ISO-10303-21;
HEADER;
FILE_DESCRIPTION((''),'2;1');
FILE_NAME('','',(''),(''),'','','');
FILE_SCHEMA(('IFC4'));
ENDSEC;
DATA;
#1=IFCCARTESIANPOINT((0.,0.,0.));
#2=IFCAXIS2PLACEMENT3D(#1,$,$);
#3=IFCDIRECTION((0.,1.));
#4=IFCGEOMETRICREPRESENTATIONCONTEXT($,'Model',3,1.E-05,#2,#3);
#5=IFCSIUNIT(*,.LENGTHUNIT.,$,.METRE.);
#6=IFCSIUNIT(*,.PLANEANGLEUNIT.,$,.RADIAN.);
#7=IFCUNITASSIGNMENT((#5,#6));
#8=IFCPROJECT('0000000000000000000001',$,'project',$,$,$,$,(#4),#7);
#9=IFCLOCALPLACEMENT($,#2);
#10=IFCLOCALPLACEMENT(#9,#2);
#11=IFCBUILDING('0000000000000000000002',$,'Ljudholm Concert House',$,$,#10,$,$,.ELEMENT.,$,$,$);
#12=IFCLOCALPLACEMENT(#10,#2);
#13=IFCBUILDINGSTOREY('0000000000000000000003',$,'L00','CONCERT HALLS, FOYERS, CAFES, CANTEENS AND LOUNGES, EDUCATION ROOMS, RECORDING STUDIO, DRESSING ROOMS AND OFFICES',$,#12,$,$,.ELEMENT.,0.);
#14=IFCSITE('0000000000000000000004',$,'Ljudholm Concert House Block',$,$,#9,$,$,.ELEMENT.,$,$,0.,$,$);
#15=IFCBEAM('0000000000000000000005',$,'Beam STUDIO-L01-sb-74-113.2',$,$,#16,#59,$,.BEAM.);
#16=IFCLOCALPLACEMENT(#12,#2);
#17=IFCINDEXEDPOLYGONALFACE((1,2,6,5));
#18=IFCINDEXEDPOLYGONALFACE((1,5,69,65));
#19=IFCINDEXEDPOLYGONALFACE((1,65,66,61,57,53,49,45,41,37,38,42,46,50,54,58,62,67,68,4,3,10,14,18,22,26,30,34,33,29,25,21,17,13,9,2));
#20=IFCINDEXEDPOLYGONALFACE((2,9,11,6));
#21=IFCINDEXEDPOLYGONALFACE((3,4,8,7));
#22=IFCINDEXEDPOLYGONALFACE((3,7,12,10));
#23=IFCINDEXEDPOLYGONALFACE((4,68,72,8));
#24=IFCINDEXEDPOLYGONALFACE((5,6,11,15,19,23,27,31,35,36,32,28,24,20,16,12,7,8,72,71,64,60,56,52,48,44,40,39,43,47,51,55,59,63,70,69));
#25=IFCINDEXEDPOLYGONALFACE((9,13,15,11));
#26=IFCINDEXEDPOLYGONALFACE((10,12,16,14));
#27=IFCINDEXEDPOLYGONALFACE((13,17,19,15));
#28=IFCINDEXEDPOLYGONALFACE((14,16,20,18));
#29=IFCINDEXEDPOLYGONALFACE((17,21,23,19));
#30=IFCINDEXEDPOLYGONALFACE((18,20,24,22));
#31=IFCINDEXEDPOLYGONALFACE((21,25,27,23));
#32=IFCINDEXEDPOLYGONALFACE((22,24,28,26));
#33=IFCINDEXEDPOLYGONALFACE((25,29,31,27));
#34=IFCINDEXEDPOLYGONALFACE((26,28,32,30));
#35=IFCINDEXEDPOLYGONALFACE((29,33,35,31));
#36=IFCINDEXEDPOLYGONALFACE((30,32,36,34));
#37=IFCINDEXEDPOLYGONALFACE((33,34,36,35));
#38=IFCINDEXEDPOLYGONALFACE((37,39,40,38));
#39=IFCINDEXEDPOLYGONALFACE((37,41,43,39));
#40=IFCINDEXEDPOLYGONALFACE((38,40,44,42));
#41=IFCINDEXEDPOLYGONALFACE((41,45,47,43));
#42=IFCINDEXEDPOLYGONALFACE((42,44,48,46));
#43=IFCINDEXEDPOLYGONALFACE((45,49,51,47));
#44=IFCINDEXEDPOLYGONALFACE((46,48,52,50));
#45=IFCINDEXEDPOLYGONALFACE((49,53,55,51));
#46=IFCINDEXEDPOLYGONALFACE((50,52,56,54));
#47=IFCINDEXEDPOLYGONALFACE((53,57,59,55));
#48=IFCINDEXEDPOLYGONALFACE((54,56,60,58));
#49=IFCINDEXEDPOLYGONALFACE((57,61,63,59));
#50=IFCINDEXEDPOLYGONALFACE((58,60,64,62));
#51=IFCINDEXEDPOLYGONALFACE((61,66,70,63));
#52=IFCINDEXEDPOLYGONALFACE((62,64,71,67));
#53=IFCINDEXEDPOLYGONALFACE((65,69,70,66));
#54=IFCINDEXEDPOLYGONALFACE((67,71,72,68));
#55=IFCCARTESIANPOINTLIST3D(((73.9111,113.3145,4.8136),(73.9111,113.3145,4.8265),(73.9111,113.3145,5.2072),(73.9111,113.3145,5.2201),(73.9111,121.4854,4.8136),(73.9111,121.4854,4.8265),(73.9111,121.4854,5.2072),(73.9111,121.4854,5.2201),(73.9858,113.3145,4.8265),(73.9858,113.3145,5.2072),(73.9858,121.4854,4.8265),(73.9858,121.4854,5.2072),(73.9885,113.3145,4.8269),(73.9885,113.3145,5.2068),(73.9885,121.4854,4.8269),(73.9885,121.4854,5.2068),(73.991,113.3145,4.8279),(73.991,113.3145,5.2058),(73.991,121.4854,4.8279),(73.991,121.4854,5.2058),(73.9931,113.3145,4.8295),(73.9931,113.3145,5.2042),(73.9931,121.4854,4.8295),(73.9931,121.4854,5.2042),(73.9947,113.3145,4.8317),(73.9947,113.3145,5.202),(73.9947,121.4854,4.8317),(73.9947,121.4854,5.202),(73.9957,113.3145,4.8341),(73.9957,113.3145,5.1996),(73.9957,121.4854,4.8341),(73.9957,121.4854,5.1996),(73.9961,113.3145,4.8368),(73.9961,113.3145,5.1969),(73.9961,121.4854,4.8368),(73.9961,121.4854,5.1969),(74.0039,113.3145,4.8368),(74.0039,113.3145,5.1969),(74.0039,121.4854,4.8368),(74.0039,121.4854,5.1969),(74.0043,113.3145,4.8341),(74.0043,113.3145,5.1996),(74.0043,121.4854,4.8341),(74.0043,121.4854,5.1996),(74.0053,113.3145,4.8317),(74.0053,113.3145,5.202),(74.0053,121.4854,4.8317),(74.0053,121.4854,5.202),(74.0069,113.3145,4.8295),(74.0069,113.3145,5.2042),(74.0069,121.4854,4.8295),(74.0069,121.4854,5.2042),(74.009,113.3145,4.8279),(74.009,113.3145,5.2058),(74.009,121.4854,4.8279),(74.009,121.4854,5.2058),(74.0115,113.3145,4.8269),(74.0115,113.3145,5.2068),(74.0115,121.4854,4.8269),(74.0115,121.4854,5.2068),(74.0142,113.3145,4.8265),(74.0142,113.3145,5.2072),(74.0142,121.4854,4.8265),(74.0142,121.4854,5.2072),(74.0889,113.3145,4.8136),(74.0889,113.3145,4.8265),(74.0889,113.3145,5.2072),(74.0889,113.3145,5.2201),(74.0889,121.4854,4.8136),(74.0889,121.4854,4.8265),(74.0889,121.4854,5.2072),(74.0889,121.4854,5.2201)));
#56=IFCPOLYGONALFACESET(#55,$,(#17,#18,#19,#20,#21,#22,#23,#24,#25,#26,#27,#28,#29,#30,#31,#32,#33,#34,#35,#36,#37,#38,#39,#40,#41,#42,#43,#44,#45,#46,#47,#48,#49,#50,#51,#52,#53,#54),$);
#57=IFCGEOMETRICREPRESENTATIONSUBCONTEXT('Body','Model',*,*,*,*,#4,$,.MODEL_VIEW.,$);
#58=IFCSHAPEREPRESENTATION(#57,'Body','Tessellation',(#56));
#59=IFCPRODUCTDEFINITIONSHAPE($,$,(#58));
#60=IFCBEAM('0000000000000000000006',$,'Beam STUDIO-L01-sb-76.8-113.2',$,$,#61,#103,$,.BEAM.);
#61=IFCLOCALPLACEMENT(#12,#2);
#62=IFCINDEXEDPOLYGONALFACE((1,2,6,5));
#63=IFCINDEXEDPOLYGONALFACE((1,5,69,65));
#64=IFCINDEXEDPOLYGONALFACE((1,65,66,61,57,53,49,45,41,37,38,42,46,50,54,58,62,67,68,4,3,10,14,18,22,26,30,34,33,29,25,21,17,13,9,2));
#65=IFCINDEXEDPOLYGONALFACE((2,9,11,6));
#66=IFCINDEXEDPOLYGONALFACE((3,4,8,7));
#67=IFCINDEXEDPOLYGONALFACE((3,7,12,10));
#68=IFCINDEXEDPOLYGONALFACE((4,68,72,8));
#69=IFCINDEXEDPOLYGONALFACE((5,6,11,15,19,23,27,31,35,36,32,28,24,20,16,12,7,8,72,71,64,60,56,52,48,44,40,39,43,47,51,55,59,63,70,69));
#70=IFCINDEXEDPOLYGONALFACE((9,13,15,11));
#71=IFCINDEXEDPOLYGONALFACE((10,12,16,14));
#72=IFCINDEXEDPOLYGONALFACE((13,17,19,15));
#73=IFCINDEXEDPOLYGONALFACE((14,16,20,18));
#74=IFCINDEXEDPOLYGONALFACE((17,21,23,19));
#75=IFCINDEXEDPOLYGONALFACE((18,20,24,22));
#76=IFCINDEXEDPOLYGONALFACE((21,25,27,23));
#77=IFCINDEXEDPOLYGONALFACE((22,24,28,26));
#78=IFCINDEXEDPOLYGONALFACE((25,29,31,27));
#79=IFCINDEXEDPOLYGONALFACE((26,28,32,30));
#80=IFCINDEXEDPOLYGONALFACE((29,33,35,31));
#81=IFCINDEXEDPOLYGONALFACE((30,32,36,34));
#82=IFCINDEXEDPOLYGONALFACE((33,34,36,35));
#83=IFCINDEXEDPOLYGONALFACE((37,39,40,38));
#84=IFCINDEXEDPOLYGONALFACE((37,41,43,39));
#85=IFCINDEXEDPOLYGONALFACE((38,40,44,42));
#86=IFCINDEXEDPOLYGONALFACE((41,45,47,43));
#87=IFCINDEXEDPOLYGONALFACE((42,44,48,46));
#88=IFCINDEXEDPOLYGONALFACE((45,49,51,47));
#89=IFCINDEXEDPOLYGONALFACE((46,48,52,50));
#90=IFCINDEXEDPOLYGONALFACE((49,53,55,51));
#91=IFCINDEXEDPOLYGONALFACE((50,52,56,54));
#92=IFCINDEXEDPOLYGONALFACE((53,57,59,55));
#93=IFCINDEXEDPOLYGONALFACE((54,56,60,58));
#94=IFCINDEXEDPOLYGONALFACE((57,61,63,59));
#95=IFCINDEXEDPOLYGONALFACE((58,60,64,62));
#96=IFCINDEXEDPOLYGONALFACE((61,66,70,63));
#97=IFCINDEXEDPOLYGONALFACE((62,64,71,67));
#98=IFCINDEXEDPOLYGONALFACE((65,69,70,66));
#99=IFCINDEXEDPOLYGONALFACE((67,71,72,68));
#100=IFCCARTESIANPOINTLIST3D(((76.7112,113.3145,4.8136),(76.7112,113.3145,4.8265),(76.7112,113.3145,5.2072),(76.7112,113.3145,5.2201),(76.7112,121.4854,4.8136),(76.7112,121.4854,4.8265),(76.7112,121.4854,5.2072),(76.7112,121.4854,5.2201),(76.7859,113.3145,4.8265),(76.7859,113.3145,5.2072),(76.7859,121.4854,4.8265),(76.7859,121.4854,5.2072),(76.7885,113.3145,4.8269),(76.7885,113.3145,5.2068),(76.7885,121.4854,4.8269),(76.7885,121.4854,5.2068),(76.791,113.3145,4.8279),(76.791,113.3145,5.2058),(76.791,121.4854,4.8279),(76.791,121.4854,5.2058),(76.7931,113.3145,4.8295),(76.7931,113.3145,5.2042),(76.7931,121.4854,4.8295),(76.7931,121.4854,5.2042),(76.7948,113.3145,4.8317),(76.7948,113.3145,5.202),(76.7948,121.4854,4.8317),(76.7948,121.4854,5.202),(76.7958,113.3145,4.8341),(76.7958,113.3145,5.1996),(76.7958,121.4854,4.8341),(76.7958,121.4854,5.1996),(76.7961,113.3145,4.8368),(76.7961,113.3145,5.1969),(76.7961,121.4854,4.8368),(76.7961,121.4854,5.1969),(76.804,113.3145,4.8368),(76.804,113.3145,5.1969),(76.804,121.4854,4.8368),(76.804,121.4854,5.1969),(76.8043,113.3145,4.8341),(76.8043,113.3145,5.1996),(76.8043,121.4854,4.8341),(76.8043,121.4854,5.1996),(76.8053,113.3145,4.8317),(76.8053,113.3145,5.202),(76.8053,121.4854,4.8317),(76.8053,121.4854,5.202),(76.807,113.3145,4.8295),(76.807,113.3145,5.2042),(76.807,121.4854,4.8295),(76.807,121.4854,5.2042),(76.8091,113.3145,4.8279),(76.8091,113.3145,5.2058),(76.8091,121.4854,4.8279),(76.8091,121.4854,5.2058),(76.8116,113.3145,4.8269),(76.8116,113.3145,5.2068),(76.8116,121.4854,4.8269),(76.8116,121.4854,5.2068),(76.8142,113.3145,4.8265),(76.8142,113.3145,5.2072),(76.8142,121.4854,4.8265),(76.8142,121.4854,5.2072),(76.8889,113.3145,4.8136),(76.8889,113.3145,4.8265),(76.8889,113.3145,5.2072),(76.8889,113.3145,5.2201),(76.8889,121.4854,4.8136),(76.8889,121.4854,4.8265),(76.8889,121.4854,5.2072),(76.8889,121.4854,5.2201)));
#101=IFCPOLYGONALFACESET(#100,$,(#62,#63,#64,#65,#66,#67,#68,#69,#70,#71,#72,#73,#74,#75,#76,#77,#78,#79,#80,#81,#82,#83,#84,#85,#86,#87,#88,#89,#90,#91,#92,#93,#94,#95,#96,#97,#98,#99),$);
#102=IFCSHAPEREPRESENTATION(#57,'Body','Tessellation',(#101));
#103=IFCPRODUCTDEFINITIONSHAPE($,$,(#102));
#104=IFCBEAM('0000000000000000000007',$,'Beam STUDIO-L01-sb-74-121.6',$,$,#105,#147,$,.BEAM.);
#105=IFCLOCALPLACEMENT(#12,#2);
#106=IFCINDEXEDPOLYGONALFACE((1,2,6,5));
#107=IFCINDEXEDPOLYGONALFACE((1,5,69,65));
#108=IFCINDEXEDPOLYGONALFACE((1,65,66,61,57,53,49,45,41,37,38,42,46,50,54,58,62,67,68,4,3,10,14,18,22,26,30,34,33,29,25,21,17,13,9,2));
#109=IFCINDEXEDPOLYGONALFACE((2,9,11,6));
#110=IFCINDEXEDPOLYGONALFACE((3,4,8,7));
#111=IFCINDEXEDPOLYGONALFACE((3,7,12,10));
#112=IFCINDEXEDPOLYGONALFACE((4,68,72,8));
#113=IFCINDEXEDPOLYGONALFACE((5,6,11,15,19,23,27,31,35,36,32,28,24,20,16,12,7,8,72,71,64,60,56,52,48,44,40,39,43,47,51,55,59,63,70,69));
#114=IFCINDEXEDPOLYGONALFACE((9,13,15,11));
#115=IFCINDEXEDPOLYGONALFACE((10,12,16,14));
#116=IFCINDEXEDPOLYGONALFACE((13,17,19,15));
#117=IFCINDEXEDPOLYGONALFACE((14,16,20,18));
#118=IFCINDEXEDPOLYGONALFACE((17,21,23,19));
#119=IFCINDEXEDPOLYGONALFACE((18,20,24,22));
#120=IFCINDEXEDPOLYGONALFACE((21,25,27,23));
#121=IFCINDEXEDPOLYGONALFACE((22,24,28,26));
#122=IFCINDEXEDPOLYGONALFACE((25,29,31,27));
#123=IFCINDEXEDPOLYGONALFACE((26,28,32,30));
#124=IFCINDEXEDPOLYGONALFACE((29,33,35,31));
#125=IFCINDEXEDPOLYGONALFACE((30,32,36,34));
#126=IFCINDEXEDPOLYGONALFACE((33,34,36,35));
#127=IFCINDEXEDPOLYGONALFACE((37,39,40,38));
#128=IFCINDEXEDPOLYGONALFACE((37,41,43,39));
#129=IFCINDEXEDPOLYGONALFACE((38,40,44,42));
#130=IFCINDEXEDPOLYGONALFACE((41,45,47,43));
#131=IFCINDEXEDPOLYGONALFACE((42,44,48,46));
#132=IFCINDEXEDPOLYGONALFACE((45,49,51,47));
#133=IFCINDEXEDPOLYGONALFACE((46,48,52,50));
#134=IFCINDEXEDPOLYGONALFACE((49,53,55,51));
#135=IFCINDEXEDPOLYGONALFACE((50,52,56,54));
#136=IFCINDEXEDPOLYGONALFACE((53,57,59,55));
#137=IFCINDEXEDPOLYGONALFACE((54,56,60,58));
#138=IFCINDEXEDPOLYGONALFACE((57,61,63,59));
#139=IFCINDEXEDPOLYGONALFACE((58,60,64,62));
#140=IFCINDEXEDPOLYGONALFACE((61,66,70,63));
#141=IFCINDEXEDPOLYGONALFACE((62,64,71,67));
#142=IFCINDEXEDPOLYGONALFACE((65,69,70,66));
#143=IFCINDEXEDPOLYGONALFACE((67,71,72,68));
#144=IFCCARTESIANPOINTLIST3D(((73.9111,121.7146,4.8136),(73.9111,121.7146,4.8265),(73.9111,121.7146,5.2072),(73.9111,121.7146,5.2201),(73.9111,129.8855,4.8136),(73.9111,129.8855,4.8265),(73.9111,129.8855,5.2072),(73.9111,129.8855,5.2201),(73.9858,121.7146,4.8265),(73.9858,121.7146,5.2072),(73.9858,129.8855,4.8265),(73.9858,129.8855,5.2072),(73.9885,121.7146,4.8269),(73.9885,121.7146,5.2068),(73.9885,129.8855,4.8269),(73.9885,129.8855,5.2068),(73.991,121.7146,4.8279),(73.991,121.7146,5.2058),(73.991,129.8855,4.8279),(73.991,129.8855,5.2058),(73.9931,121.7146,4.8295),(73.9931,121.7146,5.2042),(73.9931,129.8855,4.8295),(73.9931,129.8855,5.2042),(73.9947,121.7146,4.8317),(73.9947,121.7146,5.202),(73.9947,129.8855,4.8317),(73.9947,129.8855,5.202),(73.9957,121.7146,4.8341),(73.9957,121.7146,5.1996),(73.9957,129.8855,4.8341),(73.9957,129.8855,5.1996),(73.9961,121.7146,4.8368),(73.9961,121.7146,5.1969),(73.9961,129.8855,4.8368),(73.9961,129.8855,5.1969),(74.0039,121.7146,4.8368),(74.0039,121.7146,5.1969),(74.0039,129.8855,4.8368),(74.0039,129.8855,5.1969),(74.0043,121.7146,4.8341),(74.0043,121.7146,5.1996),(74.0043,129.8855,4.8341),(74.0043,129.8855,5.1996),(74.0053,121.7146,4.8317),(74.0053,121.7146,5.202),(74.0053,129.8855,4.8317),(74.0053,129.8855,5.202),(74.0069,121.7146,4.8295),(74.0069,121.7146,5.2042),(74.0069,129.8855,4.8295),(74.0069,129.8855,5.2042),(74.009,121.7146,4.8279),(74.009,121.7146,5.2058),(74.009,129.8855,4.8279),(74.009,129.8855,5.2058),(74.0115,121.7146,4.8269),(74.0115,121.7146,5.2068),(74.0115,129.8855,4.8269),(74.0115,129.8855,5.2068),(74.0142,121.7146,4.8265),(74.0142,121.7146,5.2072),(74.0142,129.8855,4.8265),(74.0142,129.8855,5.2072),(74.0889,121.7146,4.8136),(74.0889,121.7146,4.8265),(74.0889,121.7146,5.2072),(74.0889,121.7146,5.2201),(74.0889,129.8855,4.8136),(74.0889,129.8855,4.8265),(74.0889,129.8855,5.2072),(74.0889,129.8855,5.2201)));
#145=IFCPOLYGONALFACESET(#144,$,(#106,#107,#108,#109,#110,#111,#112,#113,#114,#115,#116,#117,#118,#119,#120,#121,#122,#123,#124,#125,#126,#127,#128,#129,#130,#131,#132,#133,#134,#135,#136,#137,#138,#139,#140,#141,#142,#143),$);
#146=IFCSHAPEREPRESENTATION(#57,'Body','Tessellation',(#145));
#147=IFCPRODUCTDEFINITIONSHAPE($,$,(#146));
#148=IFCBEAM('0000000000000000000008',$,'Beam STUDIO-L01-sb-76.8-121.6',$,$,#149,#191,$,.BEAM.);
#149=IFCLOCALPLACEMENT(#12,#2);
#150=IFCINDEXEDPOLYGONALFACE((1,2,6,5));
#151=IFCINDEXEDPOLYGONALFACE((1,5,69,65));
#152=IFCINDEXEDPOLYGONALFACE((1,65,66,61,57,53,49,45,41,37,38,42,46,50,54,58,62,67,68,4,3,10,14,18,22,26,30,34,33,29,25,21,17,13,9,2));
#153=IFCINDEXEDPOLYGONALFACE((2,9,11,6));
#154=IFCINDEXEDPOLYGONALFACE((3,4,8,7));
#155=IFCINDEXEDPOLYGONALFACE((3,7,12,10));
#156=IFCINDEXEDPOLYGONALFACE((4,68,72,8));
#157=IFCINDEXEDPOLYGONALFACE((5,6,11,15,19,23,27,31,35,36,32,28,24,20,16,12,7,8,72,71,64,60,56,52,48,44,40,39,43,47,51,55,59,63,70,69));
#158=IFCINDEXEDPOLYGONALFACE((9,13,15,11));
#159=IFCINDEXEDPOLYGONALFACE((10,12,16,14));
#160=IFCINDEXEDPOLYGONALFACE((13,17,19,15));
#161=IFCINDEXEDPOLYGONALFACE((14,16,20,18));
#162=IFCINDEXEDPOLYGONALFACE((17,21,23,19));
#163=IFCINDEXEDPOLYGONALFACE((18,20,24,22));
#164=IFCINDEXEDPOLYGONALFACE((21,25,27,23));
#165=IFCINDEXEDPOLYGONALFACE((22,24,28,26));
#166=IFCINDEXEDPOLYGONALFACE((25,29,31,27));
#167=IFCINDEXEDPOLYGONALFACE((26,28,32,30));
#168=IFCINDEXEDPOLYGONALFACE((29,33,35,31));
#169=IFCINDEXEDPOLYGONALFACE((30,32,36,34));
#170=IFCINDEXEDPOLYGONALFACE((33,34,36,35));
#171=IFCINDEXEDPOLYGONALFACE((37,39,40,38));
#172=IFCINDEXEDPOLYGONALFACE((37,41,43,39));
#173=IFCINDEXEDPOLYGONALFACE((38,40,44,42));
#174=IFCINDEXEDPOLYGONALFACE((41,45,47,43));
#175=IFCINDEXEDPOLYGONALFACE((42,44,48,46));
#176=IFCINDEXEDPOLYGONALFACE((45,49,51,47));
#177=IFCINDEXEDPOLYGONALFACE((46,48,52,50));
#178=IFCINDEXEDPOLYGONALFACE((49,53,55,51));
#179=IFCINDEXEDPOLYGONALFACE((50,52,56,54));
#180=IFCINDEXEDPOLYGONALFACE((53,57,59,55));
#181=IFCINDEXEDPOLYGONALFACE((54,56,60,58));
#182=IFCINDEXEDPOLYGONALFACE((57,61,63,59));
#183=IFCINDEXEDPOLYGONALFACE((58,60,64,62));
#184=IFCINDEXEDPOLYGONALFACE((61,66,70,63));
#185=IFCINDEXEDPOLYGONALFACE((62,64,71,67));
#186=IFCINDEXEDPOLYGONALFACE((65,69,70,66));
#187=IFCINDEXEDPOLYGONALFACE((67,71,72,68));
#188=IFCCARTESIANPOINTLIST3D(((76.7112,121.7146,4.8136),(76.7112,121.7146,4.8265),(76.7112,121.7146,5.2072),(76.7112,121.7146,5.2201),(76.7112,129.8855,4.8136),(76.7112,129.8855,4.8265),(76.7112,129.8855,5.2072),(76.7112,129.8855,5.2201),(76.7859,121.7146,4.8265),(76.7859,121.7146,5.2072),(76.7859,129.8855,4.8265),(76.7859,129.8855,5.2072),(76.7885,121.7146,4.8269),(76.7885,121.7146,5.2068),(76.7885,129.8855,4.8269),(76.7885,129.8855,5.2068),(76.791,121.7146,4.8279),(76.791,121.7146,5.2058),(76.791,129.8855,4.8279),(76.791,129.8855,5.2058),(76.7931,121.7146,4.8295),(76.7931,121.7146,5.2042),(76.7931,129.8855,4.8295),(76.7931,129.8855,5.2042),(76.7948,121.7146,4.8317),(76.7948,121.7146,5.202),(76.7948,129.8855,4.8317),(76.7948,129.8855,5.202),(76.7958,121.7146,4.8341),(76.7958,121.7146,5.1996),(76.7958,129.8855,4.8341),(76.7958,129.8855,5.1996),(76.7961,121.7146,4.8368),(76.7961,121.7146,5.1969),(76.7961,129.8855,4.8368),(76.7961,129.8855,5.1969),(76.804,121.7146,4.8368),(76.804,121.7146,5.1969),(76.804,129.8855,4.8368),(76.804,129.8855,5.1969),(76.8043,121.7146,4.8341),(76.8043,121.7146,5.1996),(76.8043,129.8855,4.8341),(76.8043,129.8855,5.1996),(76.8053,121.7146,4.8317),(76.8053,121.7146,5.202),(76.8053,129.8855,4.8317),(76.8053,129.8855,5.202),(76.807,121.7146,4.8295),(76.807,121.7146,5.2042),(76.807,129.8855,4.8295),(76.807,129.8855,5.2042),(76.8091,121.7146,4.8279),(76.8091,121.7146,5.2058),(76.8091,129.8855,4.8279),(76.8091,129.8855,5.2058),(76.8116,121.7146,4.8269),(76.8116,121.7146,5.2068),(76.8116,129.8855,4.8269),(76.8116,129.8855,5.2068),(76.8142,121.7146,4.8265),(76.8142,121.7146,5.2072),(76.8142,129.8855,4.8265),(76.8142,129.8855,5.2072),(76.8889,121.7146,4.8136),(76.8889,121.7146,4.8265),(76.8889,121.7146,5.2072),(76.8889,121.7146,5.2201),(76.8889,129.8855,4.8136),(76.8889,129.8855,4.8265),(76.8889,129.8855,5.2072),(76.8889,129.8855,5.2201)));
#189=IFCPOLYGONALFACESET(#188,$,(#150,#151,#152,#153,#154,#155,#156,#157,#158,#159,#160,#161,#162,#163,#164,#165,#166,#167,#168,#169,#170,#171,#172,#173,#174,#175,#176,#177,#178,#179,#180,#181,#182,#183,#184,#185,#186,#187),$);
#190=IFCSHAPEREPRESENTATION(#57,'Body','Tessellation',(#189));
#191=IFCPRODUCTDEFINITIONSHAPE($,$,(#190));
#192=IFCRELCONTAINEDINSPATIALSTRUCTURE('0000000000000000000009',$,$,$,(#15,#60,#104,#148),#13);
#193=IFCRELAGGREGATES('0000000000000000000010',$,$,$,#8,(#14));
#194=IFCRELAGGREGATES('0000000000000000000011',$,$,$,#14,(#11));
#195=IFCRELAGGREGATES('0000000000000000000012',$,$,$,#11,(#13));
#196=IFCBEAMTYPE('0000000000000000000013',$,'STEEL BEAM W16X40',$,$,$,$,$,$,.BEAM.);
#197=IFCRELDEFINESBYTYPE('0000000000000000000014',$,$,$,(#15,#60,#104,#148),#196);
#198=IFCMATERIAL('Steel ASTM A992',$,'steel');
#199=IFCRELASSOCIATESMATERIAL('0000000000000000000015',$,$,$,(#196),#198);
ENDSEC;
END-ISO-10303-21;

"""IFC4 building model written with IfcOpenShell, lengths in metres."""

from ifc_helpers import new_model, si_unit, direction, frame, origin, origin_2d, place, context, subcontext, project, spatial, i_section, extrude, material, material_profile, profile_set, type_object, element, save


model = new_model("IFC4")

# Units and contexts
model_context = context("Model", 3, precision=1e-05, world=origin(), true_north=direction((0.0, 1.0)))
body_context = subcontext(model_context, "Body", "Model", "MODEL_VIEW")
ifc_project = project(units=[si_unit("LENGTHUNIT", "METRE"), si_unit("PLANEANGLEUNIT", "RADIAN")], contexts=[model_context])

# Site, building, storey
site_placement = place(None, origin())
site = spatial("IfcSite", under=ifc_project, at=site_placement, Name="Ljudholm Concert House Block", CompositionType="ELEMENT", RefElevation=0.0)
building_placement = place(site_placement, origin())
building = spatial("IfcBuilding", under=site, at=building_placement, Name="Ljudholm Concert House", CompositionType="ELEMENT")
storey_placement = place(building_placement, origin())
storey = spatial("IfcBuildingStorey", under=building, at=storey_placement, Name="L00", Description="CONCERT HALLS, FOYERS, CAFES, CANTEENS AND LOUNGES, EDUCATION ROOMS, RECORDING STUDIO, DRESSING ROOMS AND OFFICES", CompositionType="ELEMENT", Elevation=0.0)

# Beams
ifc_material_1 = material(Name="Steel ASTM A992", Category="steel")
ifc_material_profile_1 = material_profile(ifc_material_1, i_section(OverallWidth=0.1777, OverallDepth=0.4065, WebThickness=0.0078, FlangeThickness=0.0129, FilletRadius=0.0103, at=origin_2d()), Name="W16X40")
ifc_profile_set_1 = profile_set([ifc_material_profile_1], Name="Steel ASTM A992")
beam_type_1 = type_object("IfcBeamType", Name="STEEL BEAM W16X40", PredefinedType="BEAM", material=ifc_profile_set_1)
for number, where, z_axis, x_axis, name in (
    (1, (74.0, 113.3145, 5.0168), (0.0, 1.0, 0.0), (-1.0, 0.0, 0.0), "Beam STUDIO-L01-sb-74-113.2"),
    (2, (76.8, 113.3145, 5.0168), (0.0, 1.0, 0.0), (-1.0, 0.0, 0.0), "Beam STUDIO-L01-sb-76.8-113.2"),
    (3, (74.0, 121.7146, 5.0168), (0.0, 1.0, 0.0), (-1.0, 0.0, 0.0), "Beam STUDIO-L01-sb-74-121.6"),
    (4, (76.8, 121.7146, 5.0168), (0.0, 1.0, 0.0), (-1.0, 0.0, 0.0), "Beam STUDIO-L01-sb-76.8-121.6"),
):
    element("IfcBeam", number, at=place(storey_placement, frame(where, z_axis=z_axis, x_axis=x_axis)), inside=storey, type_object=beam_type_1, Name=name, PredefinedType="BEAM", context=body_context, shape_type="SweptSolid", body=[
        extrude(i_section(OverallWidth=0.1777, OverallDepth=0.4065, WebThickness=0.0078, FlangeThickness=0.0129, FilletRadius=0.0103, at=origin_2d()), origin(), (0.0, 0.0, 1.0), 8.1709),
    ])

save(model, "model.ifc")
